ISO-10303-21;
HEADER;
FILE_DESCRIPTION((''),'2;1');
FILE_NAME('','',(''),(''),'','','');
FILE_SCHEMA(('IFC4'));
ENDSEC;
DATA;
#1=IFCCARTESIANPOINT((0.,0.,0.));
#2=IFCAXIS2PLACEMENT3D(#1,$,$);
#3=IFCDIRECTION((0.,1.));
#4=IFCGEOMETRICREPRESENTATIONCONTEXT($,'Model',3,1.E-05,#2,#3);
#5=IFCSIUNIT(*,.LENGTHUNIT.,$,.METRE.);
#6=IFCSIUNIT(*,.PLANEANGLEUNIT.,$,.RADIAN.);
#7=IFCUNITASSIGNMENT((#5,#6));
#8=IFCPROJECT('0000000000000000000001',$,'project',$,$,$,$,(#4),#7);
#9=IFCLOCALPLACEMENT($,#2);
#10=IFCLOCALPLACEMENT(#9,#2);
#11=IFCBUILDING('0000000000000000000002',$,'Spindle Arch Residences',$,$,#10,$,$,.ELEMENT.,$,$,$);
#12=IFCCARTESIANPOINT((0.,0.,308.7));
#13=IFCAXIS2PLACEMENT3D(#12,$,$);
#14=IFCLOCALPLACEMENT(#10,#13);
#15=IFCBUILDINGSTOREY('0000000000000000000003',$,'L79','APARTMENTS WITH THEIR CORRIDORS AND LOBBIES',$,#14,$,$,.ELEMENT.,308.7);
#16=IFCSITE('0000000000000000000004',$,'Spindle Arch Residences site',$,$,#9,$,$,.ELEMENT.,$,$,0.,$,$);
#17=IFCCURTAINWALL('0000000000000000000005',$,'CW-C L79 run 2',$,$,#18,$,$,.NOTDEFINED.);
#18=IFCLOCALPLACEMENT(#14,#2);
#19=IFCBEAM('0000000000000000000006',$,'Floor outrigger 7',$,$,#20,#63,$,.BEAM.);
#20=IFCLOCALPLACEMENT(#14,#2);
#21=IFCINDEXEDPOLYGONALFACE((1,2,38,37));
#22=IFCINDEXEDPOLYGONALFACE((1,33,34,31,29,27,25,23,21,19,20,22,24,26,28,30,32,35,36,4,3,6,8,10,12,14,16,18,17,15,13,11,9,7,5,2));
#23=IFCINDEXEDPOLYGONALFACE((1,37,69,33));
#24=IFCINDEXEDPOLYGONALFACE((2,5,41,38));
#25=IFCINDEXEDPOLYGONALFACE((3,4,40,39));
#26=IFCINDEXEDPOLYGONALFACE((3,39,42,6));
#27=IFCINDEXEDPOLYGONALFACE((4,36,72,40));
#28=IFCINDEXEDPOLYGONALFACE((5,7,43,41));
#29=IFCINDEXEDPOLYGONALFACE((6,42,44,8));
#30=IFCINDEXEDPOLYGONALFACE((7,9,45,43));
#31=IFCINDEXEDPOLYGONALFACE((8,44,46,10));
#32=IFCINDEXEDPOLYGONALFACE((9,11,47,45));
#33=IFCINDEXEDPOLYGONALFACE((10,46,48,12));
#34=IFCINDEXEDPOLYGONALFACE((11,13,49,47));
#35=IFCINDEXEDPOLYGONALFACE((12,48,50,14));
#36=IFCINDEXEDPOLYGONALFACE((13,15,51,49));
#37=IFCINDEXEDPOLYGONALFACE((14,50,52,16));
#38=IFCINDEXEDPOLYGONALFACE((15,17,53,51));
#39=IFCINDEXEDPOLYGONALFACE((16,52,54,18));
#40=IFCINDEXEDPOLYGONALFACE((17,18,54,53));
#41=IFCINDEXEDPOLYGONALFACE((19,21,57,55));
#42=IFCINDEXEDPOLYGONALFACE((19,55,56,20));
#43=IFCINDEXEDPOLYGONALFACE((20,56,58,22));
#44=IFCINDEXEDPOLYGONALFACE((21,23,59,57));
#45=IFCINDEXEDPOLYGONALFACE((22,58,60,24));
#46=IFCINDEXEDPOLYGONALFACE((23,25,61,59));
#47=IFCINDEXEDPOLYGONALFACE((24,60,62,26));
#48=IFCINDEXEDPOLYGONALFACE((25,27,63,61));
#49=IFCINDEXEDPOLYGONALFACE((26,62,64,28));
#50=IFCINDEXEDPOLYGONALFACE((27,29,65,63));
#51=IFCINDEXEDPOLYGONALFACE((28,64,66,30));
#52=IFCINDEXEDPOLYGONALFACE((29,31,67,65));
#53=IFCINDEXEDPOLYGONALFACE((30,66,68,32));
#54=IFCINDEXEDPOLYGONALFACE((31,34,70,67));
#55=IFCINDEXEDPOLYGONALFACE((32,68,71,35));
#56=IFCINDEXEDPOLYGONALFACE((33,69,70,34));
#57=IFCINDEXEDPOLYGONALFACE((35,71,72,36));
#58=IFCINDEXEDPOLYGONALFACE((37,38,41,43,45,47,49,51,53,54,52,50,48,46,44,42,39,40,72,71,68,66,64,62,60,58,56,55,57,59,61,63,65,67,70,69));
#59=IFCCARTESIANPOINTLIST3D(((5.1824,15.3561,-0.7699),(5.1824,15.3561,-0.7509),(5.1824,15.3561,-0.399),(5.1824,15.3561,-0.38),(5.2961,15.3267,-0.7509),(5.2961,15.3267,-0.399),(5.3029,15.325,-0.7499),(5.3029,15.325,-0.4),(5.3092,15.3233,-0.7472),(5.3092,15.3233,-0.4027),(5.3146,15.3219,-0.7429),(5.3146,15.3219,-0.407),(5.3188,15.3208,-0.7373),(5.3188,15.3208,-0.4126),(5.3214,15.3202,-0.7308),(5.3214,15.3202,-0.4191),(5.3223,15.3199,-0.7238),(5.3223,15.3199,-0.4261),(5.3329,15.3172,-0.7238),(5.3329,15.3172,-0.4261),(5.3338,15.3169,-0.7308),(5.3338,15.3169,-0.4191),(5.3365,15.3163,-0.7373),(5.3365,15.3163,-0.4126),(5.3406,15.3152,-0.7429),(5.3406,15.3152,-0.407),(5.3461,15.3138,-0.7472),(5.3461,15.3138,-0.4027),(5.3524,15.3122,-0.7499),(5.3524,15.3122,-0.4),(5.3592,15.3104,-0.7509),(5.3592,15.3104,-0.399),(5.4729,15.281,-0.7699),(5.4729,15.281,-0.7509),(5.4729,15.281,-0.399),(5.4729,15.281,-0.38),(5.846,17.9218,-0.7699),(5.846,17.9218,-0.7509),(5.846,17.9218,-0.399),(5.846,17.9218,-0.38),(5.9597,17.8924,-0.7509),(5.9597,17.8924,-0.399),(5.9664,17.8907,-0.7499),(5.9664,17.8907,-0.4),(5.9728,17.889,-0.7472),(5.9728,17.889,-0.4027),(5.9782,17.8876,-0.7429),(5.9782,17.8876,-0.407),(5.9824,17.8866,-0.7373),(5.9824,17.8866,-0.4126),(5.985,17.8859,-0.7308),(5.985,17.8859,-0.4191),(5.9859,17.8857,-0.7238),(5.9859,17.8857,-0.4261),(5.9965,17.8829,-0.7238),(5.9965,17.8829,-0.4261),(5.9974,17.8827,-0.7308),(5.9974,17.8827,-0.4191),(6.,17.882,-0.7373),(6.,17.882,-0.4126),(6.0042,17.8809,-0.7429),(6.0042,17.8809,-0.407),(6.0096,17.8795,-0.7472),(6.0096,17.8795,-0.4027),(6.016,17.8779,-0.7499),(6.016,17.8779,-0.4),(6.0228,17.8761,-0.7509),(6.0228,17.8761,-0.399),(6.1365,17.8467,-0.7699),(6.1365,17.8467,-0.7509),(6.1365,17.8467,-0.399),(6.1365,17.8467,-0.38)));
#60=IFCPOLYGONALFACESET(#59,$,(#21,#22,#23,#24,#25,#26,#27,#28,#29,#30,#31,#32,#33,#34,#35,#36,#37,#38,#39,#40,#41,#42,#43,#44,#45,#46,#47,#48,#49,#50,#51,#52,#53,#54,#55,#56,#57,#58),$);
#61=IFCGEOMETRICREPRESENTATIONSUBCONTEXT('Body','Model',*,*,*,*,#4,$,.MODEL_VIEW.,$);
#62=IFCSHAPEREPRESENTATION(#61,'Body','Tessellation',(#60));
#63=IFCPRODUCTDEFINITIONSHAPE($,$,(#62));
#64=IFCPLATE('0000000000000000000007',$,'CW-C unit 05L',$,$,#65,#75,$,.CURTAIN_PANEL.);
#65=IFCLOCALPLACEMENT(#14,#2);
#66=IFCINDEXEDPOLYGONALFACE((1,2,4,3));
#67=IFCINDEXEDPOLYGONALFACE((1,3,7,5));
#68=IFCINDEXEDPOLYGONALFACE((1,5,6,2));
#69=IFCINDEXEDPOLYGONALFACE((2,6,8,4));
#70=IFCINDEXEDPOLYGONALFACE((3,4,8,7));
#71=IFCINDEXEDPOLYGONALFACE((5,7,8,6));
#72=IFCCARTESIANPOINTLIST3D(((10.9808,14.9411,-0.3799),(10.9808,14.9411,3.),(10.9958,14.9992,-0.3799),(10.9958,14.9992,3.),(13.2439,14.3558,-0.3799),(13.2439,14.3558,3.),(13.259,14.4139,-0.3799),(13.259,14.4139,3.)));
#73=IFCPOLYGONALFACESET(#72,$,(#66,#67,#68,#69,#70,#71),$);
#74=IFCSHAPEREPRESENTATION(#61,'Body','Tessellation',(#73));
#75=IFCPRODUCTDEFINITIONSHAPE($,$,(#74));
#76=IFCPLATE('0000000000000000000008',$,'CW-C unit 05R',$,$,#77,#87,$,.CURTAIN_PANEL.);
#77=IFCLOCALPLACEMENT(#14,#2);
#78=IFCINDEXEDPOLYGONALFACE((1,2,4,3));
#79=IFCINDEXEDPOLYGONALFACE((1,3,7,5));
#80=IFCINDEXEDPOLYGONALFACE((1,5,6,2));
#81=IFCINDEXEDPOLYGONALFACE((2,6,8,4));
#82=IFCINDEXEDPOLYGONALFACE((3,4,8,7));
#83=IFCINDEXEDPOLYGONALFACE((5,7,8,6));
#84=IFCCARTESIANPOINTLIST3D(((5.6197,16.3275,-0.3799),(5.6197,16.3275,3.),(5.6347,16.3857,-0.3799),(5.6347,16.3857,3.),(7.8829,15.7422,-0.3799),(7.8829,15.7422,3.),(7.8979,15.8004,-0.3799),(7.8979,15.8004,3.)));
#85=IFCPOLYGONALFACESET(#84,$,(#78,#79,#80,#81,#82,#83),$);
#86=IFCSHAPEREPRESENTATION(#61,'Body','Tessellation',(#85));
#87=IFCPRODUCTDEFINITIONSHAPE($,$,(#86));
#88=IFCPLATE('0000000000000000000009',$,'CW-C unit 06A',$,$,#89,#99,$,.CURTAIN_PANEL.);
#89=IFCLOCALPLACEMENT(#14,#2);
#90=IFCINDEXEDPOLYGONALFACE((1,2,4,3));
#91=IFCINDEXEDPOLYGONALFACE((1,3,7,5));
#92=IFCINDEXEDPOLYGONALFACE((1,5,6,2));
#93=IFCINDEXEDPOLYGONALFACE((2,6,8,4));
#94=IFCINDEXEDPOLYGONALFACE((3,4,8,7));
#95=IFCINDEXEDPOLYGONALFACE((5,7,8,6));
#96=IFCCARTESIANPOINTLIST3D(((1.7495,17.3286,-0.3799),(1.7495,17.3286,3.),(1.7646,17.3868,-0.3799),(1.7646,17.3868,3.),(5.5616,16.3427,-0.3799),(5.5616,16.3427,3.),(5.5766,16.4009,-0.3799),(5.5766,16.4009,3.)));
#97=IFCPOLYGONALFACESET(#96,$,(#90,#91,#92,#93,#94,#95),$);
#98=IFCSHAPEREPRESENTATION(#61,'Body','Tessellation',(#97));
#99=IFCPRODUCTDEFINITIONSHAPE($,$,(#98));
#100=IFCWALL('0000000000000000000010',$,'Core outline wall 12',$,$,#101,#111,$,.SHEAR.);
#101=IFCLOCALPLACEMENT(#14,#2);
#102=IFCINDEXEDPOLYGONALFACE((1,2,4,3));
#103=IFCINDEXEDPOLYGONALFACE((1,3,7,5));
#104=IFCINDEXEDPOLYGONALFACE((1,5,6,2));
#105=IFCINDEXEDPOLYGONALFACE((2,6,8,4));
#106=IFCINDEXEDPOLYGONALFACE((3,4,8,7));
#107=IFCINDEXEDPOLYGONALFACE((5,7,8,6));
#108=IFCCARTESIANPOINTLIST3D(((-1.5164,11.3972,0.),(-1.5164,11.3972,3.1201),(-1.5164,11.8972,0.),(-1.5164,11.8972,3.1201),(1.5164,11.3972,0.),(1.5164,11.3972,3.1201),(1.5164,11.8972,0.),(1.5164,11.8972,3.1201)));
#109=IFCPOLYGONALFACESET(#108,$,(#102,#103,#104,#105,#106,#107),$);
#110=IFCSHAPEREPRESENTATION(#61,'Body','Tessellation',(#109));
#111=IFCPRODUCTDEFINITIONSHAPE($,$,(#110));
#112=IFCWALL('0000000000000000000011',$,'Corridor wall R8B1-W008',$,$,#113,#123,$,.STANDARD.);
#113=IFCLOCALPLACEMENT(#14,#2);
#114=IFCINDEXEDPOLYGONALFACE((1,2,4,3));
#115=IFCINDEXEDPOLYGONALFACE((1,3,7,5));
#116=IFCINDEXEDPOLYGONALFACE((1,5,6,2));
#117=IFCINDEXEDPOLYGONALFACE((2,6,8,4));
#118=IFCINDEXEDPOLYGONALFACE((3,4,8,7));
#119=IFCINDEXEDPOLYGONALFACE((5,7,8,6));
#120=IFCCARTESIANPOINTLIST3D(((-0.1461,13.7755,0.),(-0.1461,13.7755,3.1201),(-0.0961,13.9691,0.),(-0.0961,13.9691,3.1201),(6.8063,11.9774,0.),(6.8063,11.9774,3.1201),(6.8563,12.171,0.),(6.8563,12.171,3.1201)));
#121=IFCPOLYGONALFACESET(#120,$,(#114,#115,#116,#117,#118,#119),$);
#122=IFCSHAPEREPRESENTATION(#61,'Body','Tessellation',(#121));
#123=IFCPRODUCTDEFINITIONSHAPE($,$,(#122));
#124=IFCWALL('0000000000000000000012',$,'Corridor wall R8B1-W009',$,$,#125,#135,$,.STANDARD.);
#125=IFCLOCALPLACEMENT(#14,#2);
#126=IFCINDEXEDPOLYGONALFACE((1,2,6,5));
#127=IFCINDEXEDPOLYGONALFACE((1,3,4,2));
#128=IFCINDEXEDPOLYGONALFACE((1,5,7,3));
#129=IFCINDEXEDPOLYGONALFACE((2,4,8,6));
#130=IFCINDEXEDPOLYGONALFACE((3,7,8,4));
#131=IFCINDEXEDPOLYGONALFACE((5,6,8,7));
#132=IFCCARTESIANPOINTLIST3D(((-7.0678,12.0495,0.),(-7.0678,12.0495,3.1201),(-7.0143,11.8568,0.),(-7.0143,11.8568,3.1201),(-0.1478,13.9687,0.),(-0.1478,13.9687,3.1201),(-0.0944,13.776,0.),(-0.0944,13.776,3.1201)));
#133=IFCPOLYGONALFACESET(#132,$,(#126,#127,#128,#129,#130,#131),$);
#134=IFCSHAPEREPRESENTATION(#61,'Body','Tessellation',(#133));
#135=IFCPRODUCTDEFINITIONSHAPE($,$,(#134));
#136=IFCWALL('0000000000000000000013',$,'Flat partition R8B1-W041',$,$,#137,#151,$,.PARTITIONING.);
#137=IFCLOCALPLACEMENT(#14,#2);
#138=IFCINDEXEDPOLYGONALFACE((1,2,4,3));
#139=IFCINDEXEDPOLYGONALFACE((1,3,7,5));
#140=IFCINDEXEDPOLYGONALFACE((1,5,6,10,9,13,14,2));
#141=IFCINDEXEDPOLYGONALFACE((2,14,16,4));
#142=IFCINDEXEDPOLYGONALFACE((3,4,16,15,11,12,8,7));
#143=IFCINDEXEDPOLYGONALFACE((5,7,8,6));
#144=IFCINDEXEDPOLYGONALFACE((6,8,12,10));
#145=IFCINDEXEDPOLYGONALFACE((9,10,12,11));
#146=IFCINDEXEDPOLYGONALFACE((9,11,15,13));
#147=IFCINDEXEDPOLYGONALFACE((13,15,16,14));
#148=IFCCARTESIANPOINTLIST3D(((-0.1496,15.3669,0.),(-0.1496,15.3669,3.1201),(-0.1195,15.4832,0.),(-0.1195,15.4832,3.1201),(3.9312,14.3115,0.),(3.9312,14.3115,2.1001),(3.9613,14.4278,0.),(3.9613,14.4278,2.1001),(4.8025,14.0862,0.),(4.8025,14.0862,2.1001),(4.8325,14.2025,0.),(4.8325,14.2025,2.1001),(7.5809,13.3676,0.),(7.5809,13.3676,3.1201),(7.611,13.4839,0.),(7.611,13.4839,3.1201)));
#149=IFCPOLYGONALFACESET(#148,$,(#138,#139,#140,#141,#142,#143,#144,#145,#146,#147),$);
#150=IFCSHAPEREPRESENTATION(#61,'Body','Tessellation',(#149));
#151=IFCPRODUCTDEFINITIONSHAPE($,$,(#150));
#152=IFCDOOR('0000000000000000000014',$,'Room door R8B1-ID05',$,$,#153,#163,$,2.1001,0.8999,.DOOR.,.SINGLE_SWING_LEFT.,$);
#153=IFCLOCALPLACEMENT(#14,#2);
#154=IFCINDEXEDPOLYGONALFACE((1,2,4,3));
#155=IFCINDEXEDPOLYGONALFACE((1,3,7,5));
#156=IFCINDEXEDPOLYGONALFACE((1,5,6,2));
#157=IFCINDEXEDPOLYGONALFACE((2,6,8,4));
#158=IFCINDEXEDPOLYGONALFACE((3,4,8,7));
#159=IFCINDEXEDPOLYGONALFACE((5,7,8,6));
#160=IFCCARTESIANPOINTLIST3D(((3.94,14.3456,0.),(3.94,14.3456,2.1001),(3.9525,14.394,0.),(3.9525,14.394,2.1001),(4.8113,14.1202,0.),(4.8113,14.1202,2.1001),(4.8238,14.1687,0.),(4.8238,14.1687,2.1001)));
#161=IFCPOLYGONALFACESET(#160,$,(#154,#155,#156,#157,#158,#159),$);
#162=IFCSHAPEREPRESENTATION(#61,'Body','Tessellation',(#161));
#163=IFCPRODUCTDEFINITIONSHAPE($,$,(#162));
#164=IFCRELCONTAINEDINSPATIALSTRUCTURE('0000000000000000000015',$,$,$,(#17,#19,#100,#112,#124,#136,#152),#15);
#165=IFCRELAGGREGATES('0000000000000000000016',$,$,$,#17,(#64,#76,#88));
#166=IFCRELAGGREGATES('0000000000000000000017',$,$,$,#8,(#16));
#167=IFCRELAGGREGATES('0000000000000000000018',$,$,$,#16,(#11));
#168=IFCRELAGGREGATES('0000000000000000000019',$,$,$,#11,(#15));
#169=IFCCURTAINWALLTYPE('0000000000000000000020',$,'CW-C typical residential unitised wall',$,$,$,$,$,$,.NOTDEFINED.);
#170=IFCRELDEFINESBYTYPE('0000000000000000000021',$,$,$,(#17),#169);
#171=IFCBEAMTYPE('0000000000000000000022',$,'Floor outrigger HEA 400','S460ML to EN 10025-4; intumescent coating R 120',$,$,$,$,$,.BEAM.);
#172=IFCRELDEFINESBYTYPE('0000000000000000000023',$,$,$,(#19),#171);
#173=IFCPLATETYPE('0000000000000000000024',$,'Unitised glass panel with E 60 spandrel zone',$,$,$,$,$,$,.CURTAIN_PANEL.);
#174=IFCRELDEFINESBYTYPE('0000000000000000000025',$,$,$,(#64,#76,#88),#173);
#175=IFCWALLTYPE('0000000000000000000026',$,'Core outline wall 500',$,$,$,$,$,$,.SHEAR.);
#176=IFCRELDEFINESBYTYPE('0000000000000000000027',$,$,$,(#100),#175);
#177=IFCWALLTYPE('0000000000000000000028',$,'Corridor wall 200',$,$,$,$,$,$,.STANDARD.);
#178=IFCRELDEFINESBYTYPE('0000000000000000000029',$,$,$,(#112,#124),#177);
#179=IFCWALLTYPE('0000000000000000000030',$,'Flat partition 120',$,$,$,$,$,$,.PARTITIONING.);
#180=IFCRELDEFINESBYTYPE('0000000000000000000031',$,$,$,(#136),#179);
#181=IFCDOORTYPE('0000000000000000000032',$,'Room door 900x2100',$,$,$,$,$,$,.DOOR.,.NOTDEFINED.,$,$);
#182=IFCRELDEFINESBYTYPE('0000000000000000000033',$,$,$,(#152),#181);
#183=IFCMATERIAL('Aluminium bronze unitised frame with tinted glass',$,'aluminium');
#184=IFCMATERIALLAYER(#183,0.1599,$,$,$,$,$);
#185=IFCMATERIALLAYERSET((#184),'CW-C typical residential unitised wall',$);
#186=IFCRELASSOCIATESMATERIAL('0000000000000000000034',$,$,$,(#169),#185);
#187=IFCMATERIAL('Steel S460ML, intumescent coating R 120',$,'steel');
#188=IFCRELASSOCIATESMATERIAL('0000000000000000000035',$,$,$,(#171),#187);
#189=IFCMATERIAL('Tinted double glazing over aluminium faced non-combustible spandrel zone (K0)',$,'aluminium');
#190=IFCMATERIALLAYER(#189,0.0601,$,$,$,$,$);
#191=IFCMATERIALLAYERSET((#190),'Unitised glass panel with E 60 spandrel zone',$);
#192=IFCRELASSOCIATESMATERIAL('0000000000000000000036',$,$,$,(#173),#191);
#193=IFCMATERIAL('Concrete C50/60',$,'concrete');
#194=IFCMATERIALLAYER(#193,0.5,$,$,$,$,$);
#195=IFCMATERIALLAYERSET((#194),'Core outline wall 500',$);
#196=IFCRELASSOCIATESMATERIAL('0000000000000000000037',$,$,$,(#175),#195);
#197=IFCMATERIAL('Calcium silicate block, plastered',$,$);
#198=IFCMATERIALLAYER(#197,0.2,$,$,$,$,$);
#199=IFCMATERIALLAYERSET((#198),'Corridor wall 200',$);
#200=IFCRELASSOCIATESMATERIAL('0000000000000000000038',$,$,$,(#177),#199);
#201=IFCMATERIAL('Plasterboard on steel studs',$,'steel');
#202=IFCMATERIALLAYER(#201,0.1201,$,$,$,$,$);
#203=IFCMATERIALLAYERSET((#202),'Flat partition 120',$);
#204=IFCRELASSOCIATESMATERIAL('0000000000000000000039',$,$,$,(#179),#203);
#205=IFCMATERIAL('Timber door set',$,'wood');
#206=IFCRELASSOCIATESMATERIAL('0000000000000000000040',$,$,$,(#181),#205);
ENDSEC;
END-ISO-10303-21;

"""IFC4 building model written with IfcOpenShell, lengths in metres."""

from ifc_helpers import new_model, si_unit, direction, frame, frame_2d, origin, origin_2d, place, context, subcontext, project, spatial, rectangle, i_section, extrude, material, layer, layer_set, material_profile, profile_set, type_object, element, fill, aggregate, save


model = new_model("IFC4")

# Units and contexts
model_context = context("Model", 3, precision=1e-05, world=origin(), true_north=direction((0.0, 1.0)))
body_context = subcontext(model_context, "Body", "Model", "MODEL_VIEW")
ifc_project = project(units=[si_unit("LENGTHUNIT", "METRE"), si_unit("PLANEANGLEUNIT", "RADIAN")], contexts=[model_context])

# Site, building, storey
site_placement = place(None, origin())
site = spatial("IfcSite", under=ifc_project, at=site_placement, Name="Spindle Arch Residences site", CompositionType="ELEMENT", RefElevation=0.0)
building_placement = place(site_placement, origin())
building = spatial("IfcBuilding", under=site, at=building_placement, Name="Spindle Arch Residences", CompositionType="ELEMENT")
storey_placement = place(building_placement, frame((0.0, 0.0, 308.7)))
storey = spatial("IfcBuildingStorey", under=building, at=storey_placement, Name="L79", Description="APARTMENTS WITH THEIR CORRIDORS AND LOBBIES", CompositionType="ELEMENT", Elevation=308.7)

# Curtain wall
ifc_material_1 = material(Name="Aluminium bronze unitised frame with tinted glass", Category="aluminium")
ifc_layer_1 = layer(ifc_material_1, 0.1599)
ifc_layer_set_1 = layer_set([ifc_layer_1], Name="CW-C typical residential unitised wall")
curtain_wall_type = type_object("IfcCurtainWallType", Name="CW-C typical residential unitised wall", PredefinedType="NOTDEFINED", material=ifc_layer_set_1)
curtain_wall_placement = place(storey_placement, origin())
curtain_wall = element("IfcCurtainWall", 1, at=curtain_wall_placement, inside=storey, type_object=curtain_wall_type, Name="CW-C L79 run 2", PredefinedType="NOTDEFINED")

# Beam
ifc_material_2 = material(Name="Steel S460ML, intumescent coating R 120", Category="steel")
ifc_material_profile_1 = material_profile(ifc_material_2, i_section(OverallWidth=0.3, OverallDepth=0.3899, WebThickness=0.011, FlangeThickness=0.019, FilletRadius=0.0271, at=origin_2d()), Name="HEA 400")
ifc_profile_set_1 = profile_set([ifc_material_profile_1], Name="Steel S460ML, intumescent coating R 120")
beam_type_1 = type_object("IfcBeamType", Name="Floor outrigger HEA 400", Description="S460ML to EN 10025-4; intumescent coating R 120", PredefinedType="BEAM", material=ifc_profile_set_1)
beam_placement = place(storey_placement, frame((5.9912, 17.8843, -0.575), z_axis=(-0.250396, -0.968143, 0.0), x_axis=(0.968143, -0.250396, 0.0)))
element("IfcBeam", 2, at=beam_placement, inside=storey, type_object=beam_type_1, Name="Floor outrigger 7", PredefinedType="BEAM", context=body_context, shape_type="SweptSolid", body=[
    extrude(i_section(OverallWidth=0.3, OverallDepth=0.3899, WebThickness=0.011, FlangeThickness=0.019, FilletRadius=0.0271, at=origin_2d()), origin(), (0.0, 0.0, 1.0), 2.6501),
])

# Plates
ifc_material_3 = material(Name="Tinted double glazing over aluminium faced non-combustible spandrel zone (K0)", Category="aluminium")
ifc_layer_2 = layer(ifc_material_3, 0.0601)
ifc_layer_set_2 = layer_set([ifc_layer_2], Name="Unitised glass panel with E 60 spandrel zone")
plate_type = type_object("IfcPlateType", Name="Unitised glass panel with E 60 spandrel zone", PredefinedType="CURTAIN_PANEL", material=ifc_layer_set_2)
plate_1_placement = place(storey_placement, frame((12.1199, 14.6775, -0.3799), z_axis=(0.0, 0.0, 1.0), x_axis=(-0.968148, 0.25038, 0.0)))
plate_1 = element("IfcPlate", 3, at=plate_1_placement, type_object=plate_type, Name="CW-C unit 05L", PredefinedType="CURTAIN_PANEL", context=body_context, shape_type="SweptSolid", body=[
    extrude(rectangle(XDim=2.3376, YDim=0.0601, at=origin_2d()), origin(), (0.0, 0.0, 1.0), 3.3799),
])
plate_2_placement = place(storey_placement, frame((6.7588, 16.064, -0.3799), z_axis=(0.0, 0.0, 1.0), x_axis=(-0.968148, 0.25038, 0.0)))
plate_2 = element("IfcPlate", 4, at=plate_2_placement, type_object=plate_type, Name="CW-C unit 05R", PredefinedType="CURTAIN_PANEL", context=body_context, shape_type="SweptSolid", body=[
    extrude(rectangle(XDim=2.3376, YDim=0.0601, at=origin_2d()), origin(), (0.0, 0.0, 1.0), 3.3799),
])
plate_3_placement = place(storey_placement, frame((3.6631, 16.8647, -0.3799), z_axis=(0.0, 0.0, 1.0), x_axis=(-0.968148, 0.25038, 0.0)))
plate_3 = element("IfcPlate", 5, at=plate_3_placement, type_object=plate_type, Name="CW-C unit 06A", PredefinedType="CURTAIN_PANEL", context=body_context, shape_type="SweptSolid", body=[
    extrude(rectangle(XDim=3.9375, YDim=0.0601, at=origin_2d()), origin(), (0.0, 0.0, 1.0), 3.3799),
])
aggregate(curtain_wall, [plate_1, plate_2, plate_3])

# Walls
ifc_material_4 = material(Name="Concrete C50/60", Category="concrete")
ifc_layer_3 = layer(ifc_material_4, 0.5)
ifc_layer_set_3 = layer_set([ifc_layer_3], Name="Core outline wall 500")
wall_type_1 = type_object("IfcWallType", Name="Core outline wall 500", PredefinedType="SHEAR", material=ifc_layer_set_3)
wall_1_placement = place(storey_placement, frame((1.5164, 11.6472, 0.0), z_axis=(0.0, 0.0, 1.0), x_axis=(-1.0, 0.0, 0.0)))
element("IfcWall", 6, at=wall_1_placement, inside=storey, type_object=wall_type_1, Name="Core outline wall 12", PredefinedType="SHEAR", context=body_context, shape_type="SweptSolid", body=[
    extrude(rectangle(XDim=3.0327, YDim=0.5, at=frame_2d((1.5164, 0.0))), origin(), (0.0, 0.0, 1.0), 3.1201),
])
ifc_material_5 = material(Name="Calcium silicate block, plastered")
ifc_layer_4 = layer(ifc_material_5, 0.2)
ifc_layer_set_4 = layer_set([ifc_layer_4], Name="Corridor wall 200")
wall_type_2 = type_object("IfcWallType", Name="Corridor wall 200", PredefinedType="STANDARD", material=ifc_layer_set_4)
for number, where, z_axis, x_axis, name in (
    (7, (6.8313, 12.0742, 0.0), (0.0, 0.0, 1.0), (-0.968145, 0.250391, 0.0), "Corridor wall R8B1-W008"),
    (8, (-0.1211, 13.8723, 0.0), (0.0, 0.0, 1.0), (-0.963626, -0.267255, 0.0), "Corridor wall R8B1-W009"),
):
    element("IfcWall", number, at=place(storey_placement, frame(where, z_axis=z_axis, x_axis=x_axis)), inside=storey, type_object=wall_type_2, Name=name, PredefinedType="STANDARD", context=body_context, shape_type="SweptSolid", body=[
        extrude(rectangle(XDim=7.1812, YDim=0.2, at=frame_2d((3.5906, 0.0))), origin(), (0.0, 0.0, 1.0), 3.1201),
    ])

# Wall, opening, door
ifc_material_6 = material(Name="Plasterboard on steel studs", Category="steel")
ifc_layer_5 = layer(ifc_material_6, 0.1201)
ifc_layer_set_5 = layer_set([ifc_layer_5], Name="Flat partition 120")
wall_type_3 = type_object("IfcWallType", Name="Flat partition 120", PredefinedType="PARTITIONING", material=ifc_layer_set_5)
wall_2_placement = place(storey_placement, frame((7.5959, 13.4258, 0.0), z_axis=(0.0, 0.0, 1.0), x_axis=(-0.968147, 0.250384, 0.0)))
wall_2 = element("IfcWall", 9, at=wall_2_placement, inside=storey, type_object=wall_type_3, Name="Flat partition R8B1-W041", PredefinedType="PARTITIONING", context=body_context, shape_type="SweptSolid", body=[
    extrude(rectangle(XDim=7.9849, YDim=0.1201, at=frame_2d((3.9924, 0.0))), origin(), (0.0, 0.0, 1.0), 3.1201),
])
opening_1_placement = place(wall_2_placement, frame((2.8699, 0.0, 0.0)))
opening_1 = element("IfcOpeningElement", 10, at=opening_1_placement, cuts=wall_2, PredefinedType="OPENING", context=body_context, shape_type="SweptSolid", body=[
    extrude(rectangle(XDim=0.8999, YDim=2.1001, at=frame_2d((0.45, 1.05))), frame((0.0, 0.0701, 0.0), z_axis=(0.0, -1.0, 0.0), x_axis=(1.0, 0.0, 0.0)), (0.0, 0.0, 1.0), 0.1401),
])
ifc_material_7 = material(Name="Timber door set", Category="wood")
door_type_1 = type_object("IfcDoorType", Name="Room door 900x2100", OperationType="NOTDEFINED", PredefinedType="DOOR", material=ifc_material_7)
door_1_placement = place(opening_1_placement, origin())
door_1 = element("IfcDoor", 11, at=door_1_placement, inside=storey, type_object=door_type_1, Name="Room door R8B1-ID05", OperationType="SINGLE_SWING_LEFT", OverallHeight=2.1001, OverallWidth=0.8999, PredefinedType="DOOR", context=body_context, shape_type="SweptSolid", body=[
    extrude(rectangle(XDim=0.8999, YDim=2.1001, at=frame_2d((0.45, 1.05))), frame((0.0, 0.0249, 0.0), z_axis=(0.0, -1.0, 0.0), x_axis=(1.0, 0.0, 0.0)), (0.0, 0.0, 1.0), 0.05),
])
fill(opening_1, door_1)

save(model, "model.ifc")
